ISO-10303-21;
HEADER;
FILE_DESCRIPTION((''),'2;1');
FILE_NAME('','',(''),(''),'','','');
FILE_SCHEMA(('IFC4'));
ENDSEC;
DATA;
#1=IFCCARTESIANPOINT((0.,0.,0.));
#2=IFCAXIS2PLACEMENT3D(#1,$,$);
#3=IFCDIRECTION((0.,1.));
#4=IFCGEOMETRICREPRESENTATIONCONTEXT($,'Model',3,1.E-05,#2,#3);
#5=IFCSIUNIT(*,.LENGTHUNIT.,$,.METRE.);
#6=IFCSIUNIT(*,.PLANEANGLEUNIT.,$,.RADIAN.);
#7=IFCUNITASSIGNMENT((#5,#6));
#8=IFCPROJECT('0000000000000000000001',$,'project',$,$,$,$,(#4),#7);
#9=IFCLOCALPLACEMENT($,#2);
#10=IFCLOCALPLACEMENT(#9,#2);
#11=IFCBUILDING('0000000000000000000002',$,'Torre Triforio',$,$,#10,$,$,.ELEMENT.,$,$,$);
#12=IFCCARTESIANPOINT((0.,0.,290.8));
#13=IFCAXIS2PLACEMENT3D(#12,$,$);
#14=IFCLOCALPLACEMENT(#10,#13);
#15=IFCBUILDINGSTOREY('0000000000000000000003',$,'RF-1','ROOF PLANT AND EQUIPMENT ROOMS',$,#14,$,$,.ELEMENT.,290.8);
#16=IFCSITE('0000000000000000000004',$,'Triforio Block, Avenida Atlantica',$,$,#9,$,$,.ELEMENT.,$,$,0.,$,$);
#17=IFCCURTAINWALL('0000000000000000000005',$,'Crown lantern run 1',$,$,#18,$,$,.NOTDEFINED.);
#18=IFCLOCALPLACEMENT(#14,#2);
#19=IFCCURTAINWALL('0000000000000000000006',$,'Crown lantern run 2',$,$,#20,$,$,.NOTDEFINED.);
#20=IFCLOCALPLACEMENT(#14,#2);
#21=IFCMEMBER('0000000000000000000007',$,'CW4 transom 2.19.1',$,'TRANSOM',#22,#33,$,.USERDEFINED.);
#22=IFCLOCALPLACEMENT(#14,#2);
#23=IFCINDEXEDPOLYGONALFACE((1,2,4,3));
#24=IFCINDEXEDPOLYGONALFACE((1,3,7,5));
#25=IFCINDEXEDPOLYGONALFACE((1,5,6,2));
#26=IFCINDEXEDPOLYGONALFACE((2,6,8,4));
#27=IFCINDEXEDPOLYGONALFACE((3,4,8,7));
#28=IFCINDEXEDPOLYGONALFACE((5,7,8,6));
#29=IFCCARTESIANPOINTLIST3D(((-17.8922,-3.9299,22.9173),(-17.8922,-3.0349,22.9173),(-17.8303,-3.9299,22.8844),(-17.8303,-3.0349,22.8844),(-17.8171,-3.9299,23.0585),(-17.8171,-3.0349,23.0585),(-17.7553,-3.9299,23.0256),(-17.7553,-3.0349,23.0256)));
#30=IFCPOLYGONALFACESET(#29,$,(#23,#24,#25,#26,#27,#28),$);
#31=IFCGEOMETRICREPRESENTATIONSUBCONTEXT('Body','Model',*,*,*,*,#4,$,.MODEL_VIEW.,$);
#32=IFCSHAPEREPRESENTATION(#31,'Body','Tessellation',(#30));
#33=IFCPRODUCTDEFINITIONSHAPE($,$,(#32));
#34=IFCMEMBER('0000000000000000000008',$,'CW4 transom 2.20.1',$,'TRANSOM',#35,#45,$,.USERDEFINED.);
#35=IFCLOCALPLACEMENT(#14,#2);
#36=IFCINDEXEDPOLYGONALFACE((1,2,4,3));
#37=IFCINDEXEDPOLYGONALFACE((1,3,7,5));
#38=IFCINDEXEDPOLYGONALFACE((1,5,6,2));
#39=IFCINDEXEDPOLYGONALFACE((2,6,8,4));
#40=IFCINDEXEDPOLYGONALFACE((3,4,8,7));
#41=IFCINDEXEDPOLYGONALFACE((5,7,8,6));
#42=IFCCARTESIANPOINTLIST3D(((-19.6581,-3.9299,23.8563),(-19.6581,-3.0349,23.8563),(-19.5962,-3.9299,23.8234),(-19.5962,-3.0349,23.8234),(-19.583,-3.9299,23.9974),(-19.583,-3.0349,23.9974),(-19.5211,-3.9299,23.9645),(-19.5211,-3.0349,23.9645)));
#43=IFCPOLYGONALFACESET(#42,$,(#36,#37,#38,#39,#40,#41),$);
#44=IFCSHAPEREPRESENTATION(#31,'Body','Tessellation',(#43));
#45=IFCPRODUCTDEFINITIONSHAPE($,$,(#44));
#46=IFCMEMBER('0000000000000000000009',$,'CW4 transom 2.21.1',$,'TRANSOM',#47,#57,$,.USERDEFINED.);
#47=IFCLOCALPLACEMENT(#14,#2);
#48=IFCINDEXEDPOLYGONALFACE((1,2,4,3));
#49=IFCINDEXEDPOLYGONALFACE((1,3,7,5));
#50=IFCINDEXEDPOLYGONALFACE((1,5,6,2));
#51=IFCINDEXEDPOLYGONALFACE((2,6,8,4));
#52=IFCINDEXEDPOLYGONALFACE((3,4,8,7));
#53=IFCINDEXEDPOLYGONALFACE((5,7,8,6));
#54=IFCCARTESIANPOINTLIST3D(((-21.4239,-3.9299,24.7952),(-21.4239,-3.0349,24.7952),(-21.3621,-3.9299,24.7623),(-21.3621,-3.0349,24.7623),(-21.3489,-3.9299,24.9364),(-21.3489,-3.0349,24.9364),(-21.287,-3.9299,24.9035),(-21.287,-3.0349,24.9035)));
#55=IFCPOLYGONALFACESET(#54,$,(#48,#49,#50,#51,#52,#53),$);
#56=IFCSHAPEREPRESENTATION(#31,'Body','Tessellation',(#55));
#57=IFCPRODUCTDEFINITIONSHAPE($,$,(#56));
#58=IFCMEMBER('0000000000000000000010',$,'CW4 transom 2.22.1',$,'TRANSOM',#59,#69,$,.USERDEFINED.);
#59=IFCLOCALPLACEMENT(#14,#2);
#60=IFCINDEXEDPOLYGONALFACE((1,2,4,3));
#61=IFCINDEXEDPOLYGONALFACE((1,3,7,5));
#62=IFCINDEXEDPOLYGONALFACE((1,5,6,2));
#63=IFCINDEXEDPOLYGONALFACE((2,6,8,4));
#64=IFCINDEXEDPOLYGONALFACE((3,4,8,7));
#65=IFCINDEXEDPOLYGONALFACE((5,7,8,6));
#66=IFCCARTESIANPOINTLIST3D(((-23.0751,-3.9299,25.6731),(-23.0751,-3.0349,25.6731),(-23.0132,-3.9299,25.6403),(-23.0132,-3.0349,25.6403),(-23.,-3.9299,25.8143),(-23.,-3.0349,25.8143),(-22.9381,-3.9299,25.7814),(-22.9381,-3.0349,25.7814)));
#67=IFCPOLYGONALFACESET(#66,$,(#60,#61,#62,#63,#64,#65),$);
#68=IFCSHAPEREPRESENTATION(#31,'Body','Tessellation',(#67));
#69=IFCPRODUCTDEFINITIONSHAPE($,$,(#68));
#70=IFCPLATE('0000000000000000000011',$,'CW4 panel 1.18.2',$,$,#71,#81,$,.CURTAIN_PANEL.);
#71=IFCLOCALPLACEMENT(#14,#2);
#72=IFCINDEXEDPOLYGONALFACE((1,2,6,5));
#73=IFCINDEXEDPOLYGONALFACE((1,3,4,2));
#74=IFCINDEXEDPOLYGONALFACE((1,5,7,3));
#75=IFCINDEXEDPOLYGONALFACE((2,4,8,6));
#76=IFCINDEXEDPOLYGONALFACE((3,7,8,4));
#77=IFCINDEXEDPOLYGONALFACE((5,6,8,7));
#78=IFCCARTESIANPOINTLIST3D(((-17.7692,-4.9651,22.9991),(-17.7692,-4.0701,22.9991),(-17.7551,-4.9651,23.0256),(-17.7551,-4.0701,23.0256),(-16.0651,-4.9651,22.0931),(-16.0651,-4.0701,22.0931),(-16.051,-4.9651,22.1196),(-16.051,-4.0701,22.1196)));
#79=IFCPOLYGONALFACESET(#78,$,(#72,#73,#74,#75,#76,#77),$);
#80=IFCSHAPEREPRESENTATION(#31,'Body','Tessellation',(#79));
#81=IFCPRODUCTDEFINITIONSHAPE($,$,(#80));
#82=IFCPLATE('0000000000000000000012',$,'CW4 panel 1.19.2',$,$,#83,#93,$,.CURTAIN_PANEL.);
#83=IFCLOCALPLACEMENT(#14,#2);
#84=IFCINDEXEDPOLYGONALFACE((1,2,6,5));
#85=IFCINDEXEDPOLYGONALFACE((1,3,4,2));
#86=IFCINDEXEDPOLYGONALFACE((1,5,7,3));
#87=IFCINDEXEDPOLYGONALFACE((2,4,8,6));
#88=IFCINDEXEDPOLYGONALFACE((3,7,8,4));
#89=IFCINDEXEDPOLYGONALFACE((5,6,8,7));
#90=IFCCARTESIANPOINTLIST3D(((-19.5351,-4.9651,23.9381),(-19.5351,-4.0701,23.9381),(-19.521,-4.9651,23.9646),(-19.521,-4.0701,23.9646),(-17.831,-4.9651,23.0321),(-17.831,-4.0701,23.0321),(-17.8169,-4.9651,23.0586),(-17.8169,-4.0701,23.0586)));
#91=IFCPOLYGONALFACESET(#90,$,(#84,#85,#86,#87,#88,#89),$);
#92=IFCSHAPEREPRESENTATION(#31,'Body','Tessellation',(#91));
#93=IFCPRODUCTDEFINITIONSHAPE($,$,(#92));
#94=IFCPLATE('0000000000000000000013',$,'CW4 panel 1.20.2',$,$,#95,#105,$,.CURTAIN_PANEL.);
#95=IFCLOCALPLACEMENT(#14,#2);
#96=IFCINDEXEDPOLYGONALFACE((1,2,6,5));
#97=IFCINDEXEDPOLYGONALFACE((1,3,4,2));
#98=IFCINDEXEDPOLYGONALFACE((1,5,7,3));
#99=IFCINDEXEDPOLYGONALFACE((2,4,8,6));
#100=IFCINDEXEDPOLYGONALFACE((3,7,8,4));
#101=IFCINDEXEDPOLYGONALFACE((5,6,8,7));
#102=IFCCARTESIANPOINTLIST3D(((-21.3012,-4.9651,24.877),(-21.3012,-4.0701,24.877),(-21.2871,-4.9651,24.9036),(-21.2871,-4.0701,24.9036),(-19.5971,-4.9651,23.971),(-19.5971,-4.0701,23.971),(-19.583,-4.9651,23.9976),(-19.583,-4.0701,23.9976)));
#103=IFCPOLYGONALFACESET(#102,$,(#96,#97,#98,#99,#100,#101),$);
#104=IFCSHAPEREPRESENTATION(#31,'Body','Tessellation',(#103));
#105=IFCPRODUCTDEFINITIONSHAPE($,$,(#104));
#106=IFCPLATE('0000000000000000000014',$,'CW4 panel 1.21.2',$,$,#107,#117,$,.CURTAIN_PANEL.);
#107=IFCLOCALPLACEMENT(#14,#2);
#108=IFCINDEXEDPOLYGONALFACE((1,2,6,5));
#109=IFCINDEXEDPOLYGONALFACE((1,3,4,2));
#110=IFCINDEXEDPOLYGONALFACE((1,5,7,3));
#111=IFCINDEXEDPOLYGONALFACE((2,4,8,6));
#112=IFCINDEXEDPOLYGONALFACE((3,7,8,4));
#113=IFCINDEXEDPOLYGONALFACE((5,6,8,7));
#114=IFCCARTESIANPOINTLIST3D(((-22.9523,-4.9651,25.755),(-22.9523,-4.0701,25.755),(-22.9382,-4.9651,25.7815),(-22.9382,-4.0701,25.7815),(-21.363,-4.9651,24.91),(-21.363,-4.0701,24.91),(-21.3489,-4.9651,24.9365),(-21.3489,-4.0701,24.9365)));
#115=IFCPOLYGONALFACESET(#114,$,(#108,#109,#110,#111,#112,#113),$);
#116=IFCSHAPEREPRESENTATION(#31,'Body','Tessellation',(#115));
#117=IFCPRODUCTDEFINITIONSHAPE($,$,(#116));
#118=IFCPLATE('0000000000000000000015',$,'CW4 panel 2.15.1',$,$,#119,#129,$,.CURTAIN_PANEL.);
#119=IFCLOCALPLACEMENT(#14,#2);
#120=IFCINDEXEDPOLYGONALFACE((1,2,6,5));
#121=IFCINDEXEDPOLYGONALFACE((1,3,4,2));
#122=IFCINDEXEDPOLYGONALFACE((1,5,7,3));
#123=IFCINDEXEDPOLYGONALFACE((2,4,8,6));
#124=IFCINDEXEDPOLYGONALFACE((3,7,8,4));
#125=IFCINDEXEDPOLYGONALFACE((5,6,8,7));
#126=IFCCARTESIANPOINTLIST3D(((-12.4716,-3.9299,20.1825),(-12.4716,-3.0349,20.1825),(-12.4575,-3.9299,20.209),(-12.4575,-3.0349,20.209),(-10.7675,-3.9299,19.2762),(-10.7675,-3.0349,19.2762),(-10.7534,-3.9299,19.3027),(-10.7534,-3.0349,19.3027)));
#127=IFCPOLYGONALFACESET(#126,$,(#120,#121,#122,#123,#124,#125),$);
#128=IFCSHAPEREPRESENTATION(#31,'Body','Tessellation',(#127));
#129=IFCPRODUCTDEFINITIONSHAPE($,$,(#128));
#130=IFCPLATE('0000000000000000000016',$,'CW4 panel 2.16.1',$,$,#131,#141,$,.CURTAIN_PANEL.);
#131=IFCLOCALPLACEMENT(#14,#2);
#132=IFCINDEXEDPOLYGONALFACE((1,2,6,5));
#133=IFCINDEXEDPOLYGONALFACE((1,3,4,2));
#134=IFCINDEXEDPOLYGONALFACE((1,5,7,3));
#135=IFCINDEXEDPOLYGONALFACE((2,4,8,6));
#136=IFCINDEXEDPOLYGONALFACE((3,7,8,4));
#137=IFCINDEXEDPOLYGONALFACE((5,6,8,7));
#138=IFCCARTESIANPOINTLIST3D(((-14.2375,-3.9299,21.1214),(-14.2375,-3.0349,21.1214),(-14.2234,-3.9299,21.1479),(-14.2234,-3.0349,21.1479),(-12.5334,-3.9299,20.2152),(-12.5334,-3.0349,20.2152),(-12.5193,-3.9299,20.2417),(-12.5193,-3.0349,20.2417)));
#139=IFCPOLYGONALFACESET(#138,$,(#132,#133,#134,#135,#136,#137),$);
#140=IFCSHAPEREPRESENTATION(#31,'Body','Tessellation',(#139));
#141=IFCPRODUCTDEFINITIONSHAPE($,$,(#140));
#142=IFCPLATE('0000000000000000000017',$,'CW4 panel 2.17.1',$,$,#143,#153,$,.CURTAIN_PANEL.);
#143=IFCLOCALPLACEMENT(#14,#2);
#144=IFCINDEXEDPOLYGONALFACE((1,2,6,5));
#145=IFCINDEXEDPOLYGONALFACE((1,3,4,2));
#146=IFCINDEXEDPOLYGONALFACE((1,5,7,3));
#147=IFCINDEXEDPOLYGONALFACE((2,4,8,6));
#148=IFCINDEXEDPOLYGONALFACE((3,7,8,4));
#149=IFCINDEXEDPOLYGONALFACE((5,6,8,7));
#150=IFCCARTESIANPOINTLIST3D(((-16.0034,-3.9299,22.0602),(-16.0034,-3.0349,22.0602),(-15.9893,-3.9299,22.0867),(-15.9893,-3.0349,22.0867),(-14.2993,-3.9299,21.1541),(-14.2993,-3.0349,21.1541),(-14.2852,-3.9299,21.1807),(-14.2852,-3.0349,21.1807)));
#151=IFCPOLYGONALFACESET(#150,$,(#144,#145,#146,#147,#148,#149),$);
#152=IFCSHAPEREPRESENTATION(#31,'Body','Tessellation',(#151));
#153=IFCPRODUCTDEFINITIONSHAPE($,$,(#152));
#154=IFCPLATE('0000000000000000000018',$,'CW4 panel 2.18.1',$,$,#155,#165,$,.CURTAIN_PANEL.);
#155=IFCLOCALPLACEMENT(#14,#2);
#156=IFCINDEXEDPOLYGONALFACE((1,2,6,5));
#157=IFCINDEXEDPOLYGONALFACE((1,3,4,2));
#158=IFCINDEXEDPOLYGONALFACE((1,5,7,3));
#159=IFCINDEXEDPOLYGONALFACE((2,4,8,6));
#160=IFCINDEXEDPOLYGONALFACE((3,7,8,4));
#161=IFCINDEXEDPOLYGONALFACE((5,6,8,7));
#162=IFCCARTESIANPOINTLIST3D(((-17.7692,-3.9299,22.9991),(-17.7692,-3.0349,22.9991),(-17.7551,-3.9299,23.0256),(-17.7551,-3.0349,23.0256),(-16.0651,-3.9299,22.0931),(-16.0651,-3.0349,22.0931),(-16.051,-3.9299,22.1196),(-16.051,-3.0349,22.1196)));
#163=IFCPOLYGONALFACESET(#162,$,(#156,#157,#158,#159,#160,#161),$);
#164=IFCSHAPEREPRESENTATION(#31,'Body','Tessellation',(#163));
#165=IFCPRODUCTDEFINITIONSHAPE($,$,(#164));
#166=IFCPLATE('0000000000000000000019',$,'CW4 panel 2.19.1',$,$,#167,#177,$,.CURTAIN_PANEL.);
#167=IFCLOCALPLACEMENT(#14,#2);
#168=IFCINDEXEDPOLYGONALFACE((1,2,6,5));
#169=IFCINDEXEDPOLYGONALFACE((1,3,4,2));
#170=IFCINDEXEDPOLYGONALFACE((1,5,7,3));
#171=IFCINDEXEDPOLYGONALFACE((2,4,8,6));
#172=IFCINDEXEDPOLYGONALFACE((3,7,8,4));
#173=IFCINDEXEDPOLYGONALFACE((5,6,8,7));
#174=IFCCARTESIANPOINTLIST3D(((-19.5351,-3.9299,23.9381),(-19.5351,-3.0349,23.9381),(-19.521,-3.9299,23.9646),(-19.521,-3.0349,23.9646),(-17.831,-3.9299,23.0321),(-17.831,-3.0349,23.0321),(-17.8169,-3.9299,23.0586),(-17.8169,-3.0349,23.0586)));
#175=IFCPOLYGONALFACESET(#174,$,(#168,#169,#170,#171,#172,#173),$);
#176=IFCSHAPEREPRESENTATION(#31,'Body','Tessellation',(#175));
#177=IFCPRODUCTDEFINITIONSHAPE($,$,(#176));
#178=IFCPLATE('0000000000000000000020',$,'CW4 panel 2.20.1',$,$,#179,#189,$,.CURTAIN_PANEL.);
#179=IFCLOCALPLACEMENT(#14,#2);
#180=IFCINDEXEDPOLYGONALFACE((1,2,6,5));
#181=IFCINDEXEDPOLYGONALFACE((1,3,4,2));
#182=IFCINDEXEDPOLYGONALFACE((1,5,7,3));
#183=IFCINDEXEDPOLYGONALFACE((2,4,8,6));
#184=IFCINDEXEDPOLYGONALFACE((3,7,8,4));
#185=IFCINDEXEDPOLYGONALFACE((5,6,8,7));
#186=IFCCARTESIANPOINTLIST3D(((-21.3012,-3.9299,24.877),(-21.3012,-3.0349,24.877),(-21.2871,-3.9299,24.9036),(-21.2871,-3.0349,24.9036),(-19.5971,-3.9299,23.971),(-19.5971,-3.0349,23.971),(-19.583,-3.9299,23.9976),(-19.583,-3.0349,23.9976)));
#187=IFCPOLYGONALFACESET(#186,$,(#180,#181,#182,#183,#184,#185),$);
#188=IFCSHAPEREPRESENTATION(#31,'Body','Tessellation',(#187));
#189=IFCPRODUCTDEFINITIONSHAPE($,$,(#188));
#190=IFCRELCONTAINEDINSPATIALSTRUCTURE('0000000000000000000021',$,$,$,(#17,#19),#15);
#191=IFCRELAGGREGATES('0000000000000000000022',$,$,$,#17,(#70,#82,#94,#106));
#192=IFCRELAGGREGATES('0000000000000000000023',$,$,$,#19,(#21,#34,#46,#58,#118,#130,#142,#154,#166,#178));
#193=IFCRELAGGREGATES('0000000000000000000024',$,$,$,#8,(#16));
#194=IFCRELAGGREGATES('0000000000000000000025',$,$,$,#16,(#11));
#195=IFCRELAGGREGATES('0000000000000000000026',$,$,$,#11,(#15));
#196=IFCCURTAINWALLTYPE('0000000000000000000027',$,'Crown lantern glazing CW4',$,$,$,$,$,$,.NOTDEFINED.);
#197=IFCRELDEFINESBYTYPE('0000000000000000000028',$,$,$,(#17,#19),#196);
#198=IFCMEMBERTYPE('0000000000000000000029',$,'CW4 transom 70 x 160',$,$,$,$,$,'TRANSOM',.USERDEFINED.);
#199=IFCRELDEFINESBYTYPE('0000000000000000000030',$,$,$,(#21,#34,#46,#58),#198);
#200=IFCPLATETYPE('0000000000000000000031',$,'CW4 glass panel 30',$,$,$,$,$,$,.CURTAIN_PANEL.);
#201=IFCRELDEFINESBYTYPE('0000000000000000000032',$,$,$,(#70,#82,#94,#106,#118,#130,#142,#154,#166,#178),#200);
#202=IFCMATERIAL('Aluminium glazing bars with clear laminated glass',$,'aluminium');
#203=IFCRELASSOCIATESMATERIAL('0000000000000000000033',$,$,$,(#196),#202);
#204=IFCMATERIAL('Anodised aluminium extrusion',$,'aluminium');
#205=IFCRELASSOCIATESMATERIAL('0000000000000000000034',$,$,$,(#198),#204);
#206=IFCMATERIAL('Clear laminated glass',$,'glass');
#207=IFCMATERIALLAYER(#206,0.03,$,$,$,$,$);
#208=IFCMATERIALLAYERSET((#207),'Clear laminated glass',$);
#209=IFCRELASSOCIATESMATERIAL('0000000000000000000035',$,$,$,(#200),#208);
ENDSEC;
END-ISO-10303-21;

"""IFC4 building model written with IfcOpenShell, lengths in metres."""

from ifc_helpers import new_model, si_unit, direction, frame, origin, origin_2d, place, context, subcontext, project, spatial, polyline, rectangle, outline, extrude, material, layer, layer_set, material_profile, profile_set, type_object, element, aggregate, save


model = new_model("IFC4")

# Units and contexts
model_context = context("Model", 3, precision=1e-05, world=origin(), true_north=direction((0.0, 1.0)))
body_context = subcontext(model_context, "Body", "Model", "MODEL_VIEW")
ifc_project = project(units=[si_unit("LENGTHUNIT", "METRE"), si_unit("PLANEANGLEUNIT", "RADIAN")], contexts=[model_context])

# Site, building, storey
site_placement = place(None, origin())
site = spatial("IfcSite", under=ifc_project, at=site_placement, Name="Triforio Block, Avenida Atlantica", CompositionType="ELEMENT", RefElevation=0.0)
building_placement = place(site_placement, origin())
building = spatial("IfcBuilding", under=site, at=building_placement, Name="Torre Triforio", CompositionType="ELEMENT")
storey_placement = place(building_placement, frame((0.0, 0.0, 290.8)))
storey = spatial("IfcBuildingStorey", under=building, at=storey_placement, Name="RF-1", Description="ROOF PLANT AND EQUIPMENT ROOMS", CompositionType="ELEMENT", Elevation=290.8)

# Curtain walls
ifc_material_1 = material(Name="Aluminium glazing bars with clear laminated glass", Category="aluminium")
curtain_wall_type = type_object("IfcCurtainWallType", Name="Crown lantern glazing CW4", PredefinedType="NOTDEFINED", material=ifc_material_1)
curtain_wall_1_placement = place(storey_placement, origin())
curtain_wall_1 = element("IfcCurtainWall", 1, at=curtain_wall_1_placement, inside=storey, type_object=curtain_wall_type, Name="Crown lantern run 1", PredefinedType="NOTDEFINED")
ifc_material_2 = material(Name="Anodised aluminium extrusion", Category="aluminium")
curtain_wall_2_placement = place(storey_placement, origin())
curtain_wall_2 = element("IfcCurtainWall", 2, at=curtain_wall_2_placement, inside=storey, type_object=curtain_wall_type, Name="Crown lantern run 2", PredefinedType="NOTDEFINED")

# Members
ifc_material_profile_1 = material_profile(ifc_material_2, rectangle(XDim=0.0701, YDim=0.1599, at=origin_2d()), Name="CW4 TRANSOM 70x160")
ifc_profile_set_1 = profile_set([ifc_material_profile_1], Name="Anodised aluminium extrusion")
member_type_1 = type_object("IfcMemberType", Name="CW4 transom 70 x 160", ElementType="TRANSOM", PredefinedType="USERDEFINED", material=ifc_profile_set_1)
member_1_placement = place(storey_placement, frame((-17.8237, -3.9299, 22.9714), z_axis=(0.0, 1.0, 0.0), x_axis=(-0.882948, 0.0, 0.469472)))
member_1 = element("IfcMember", 3, at=member_1_placement, type_object=member_type_1, Name="CW4 transom 2.19.1", ObjectType="TRANSOM", PredefinedType="USERDEFINED", context=body_context, shape_type="SweptSolid", body=[
    extrude(rectangle(XDim=0.0701, YDim=0.1599, at=origin_2d()), origin(), (0.0, 0.0, 1.0), 0.895),
])
member_2_placement = place(storey_placement, frame((-19.5896, -3.9299, 23.9104), z_axis=(0.0, 1.0, 0.0), x_axis=(-0.882948, 0.0, 0.469472)))
member_2 = element("IfcMember", 4, at=member_2_placement, type_object=member_type_1, Name="CW4 transom 2.20.1", ObjectType="TRANSOM", PredefinedType="USERDEFINED", context=body_context, shape_type="SweptSolid", body=[
    extrude(rectangle(XDim=0.0701, YDim=0.1599, at=origin_2d()), origin(), (0.0, 0.0, 1.0), 0.895),
])
member_3_placement = place(storey_placement, frame((-21.3555, -3.9299, 24.8494), z_axis=(0.0, 1.0, 0.0), x_axis=(-0.882948, 0.0, 0.469472)))
member_3 = element("IfcMember", 5, at=member_3_placement, type_object=member_type_1, Name="CW4 transom 2.21.1", ObjectType="TRANSOM", PredefinedType="USERDEFINED", context=body_context, shape_type="SweptSolid", body=[
    extrude(rectangle(XDim=0.0701, YDim=0.1599, at=origin_2d()), origin(), (0.0, 0.0, 1.0), 0.895),
])
member_4_placement = place(storey_placement, frame((-23.0066, -3.9299, 25.7273), z_axis=(0.0, 1.0, 0.0), x_axis=(-0.882948, 0.0, 0.469472)))
member_4 = element("IfcMember", 6, at=member_4_placement, type_object=member_type_1, Name="CW4 transom 2.22.1", ObjectType="TRANSOM", PredefinedType="USERDEFINED", context=body_context, shape_type="SweptSolid", body=[
    extrude(rectangle(XDim=0.0701, YDim=0.1599, at=origin_2d()), origin(), (0.0, 0.0, 1.0), 0.895),
])

# Plates
ifc_material_3 = material(Name="Clear laminated glass", Category="glass")
ifc_layer = layer(ifc_material_3, 0.03)
ifc_layer_set = layer_set([ifc_layer], Name="Clear laminated glass")
plate_type = type_object("IfcPlateType", Name="CW4 glass panel 30", PredefinedType="CURTAIN_PANEL", material=ifc_layer_set)
plate_1_placement = place(storey_placement, frame((-16.051, -4.9651, 22.1196), z_axis=(0.469439, 0.0, 0.882965), x_axis=(0.0, 1.0, 0.0)))
plate_1 = element("IfcPlate", 7, at=plate_1_placement, type_object=plate_type, Name="CW4 panel 1.18.2", PredefinedType="CURTAIN_PANEL", context=body_context, shape_type="SweptSolid", body=[
    extrude(outline(polyline([(0.0, 0.0), (0.895, 0.0), (0.895, 1.93), (0.0, 1.93), (0.0, 0.0)])), origin(), (0.0, 0.0, -1.0), 0.03),
])
plate_2_placement = place(storey_placement, frame((-17.8169, -4.9651, 23.0586), z_axis=(0.469439, 0.0, 0.882965), x_axis=(0.0, 1.0, 0.0)))
plate_2 = element("IfcPlate", 8, at=plate_2_placement, type_object=plate_type, Name="CW4 panel 1.19.2", PredefinedType="CURTAIN_PANEL", context=body_context, shape_type="SweptSolid", body=[
    extrude(outline(polyline([(0.0, 0.0), (0.895, 0.0), (0.895, 1.93), (0.0, 1.93), (0.0, 0.0)])), origin(), (0.0, 0.0, -1.0), 0.03),
])
plate_3_placement = place(storey_placement, frame((-19.583, -4.9651, 23.9976), z_axis=(0.469439, 0.0, 0.882965), x_axis=(0.0, 1.0, 0.0)))
plate_3 = element("IfcPlate", 9, at=plate_3_placement, type_object=plate_type, Name="CW4 panel 1.20.2", PredefinedType="CURTAIN_PANEL", context=body_context, shape_type="SweptSolid", body=[
    extrude(outline(polyline([(0.0, 0.0), (0.895, 0.0), (0.895, 1.93), (0.0, 1.93), (0.0, 0.0)])), origin(), (0.0, 0.0, -1.0), 0.03),
])
plate_4_placement = place(storey_placement, frame((-21.3489, -4.9651, 24.9365), z_axis=(0.469426, 0.0, 0.882972), x_axis=(0.0, 1.0, 0.0)))
plate_4 = element("IfcPlate", 10, at=plate_4_placement, type_object=plate_type, Name="CW4 panel 1.21.2", PredefinedType="CURTAIN_PANEL", context=body_context, shape_type="SweptSolid", body=[
    extrude(outline(polyline([(0.0, 0.0), (0.895, 0.0), (0.895, 1.8), (0.0, 1.8), (0.0, 0.0)])), origin(), (0.0, 0.0, -1.0), 0.03),
])
aggregate(curtain_wall_1, [plate_1, plate_2, plate_3, plate_4])
plate_5_placement = place(storey_placement, frame((-10.7534, -3.9299, 19.3027), z_axis=(0.469537, 0.0, 0.882913), x_axis=(0.0, 1.0, 0.0)))
plate_5 = element("IfcPlate", 11, at=plate_5_placement, type_object=plate_type, Name="CW4 panel 2.15.1", PredefinedType="CURTAIN_PANEL", context=body_context, shape_type="SweptSolid", body=[
    extrude(outline(polyline([(0.0, 0.0), (0.895, 0.0), (0.895, 1.9301), (0.0, 1.9301), (0.0, 0.0)])), origin(), (0.0, 0.0, -1.0), 0.03),
])
plate_6_placement = place(storey_placement, frame((-12.5193, -3.9299, 20.2417), z_axis=(0.469537, 0.0, 0.882913), x_axis=(0.0, 1.0, 0.0)))
plate_6 = element("IfcPlate", 12, at=plate_6_placement, type_object=plate_type, Name="CW4 panel 2.16.1", PredefinedType="CURTAIN_PANEL", context=body_context, shape_type="SweptSolid", body=[
    extrude(outline(polyline([(0.0, 0.0), (0.895, 0.0), (0.895, 1.9301), (0.0, 1.9301), (0.0, 0.0)])), origin(), (0.0, 0.0, -1.0), 0.03),
])
plate_7_placement = place(storey_placement, frame((-14.2852, -3.9299, 21.1807), z_axis=(0.469439, 0.0, 0.882965), x_axis=(0.0, 1.0, 0.0)))
plate_7 = element("IfcPlate", 13, at=plate_7_placement, type_object=plate_type, Name="CW4 panel 2.17.1", PredefinedType="CURTAIN_PANEL", context=body_context, shape_type="SweptSolid", body=[
    extrude(outline(polyline([(0.0, 0.0), (0.895, 0.0), (0.895, 1.93), (0.0, 1.93), (0.0, 0.0)])), origin(), (0.0, 0.0, -1.0), 0.03),
])
plate_8_placement = place(storey_placement, frame((-16.051, -3.9299, 22.1196), z_axis=(0.469439, 0.0, 0.882965), x_axis=(0.0, 1.0, 0.0)))
plate_8 = element("IfcPlate", 14, at=plate_8_placement, type_object=plate_type, Name="CW4 panel 2.18.1", PredefinedType="CURTAIN_PANEL", context=body_context, shape_type="SweptSolid", body=[
    extrude(outline(polyline([(0.0, 0.0), (0.895, 0.0), (0.895, 1.93), (0.0, 1.93), (0.0, 0.0)])), origin(), (0.0, 0.0, -1.0), 0.03),
])
plate_9_placement = place(storey_placement, frame((-17.8169, -3.9299, 23.0586), z_axis=(0.469439, 0.0, 0.882965), x_axis=(0.0, 1.0, 0.0)))
plate_9 = element("IfcPlate", 15, at=plate_9_placement, type_object=plate_type, Name="CW4 panel 2.19.1", PredefinedType="CURTAIN_PANEL", context=body_context, shape_type="SweptSolid", body=[
    extrude(outline(polyline([(0.0, 0.0), (0.895, 0.0), (0.895, 1.93), (0.0, 1.93), (0.0, 0.0)])), origin(), (0.0, 0.0, -1.0), 0.03),
])
plate_10_placement = place(storey_placement, frame((-19.583, -3.9299, 23.9976), z_axis=(0.469439, 0.0, 0.882965), x_axis=(0.0, 1.0, 0.0)))
plate_10 = element("IfcPlate", 16, at=plate_10_placement, type_object=plate_type, Name="CW4 panel 2.20.1", PredefinedType="CURTAIN_PANEL", context=body_context, shape_type="SweptSolid", body=[
    extrude(outline(polyline([(0.0, 0.0), (0.895, 0.0), (0.895, 1.93), (0.0, 1.93), (0.0, 0.0)])), origin(), (0.0, 0.0, -1.0), 0.03),
])
aggregate(curtain_wall_2, [member_1, member_2, member_3, member_4, plate_5, plate_6, plate_7, plate_8, plate_9, plate_10])

save(model, "model.ifc")
